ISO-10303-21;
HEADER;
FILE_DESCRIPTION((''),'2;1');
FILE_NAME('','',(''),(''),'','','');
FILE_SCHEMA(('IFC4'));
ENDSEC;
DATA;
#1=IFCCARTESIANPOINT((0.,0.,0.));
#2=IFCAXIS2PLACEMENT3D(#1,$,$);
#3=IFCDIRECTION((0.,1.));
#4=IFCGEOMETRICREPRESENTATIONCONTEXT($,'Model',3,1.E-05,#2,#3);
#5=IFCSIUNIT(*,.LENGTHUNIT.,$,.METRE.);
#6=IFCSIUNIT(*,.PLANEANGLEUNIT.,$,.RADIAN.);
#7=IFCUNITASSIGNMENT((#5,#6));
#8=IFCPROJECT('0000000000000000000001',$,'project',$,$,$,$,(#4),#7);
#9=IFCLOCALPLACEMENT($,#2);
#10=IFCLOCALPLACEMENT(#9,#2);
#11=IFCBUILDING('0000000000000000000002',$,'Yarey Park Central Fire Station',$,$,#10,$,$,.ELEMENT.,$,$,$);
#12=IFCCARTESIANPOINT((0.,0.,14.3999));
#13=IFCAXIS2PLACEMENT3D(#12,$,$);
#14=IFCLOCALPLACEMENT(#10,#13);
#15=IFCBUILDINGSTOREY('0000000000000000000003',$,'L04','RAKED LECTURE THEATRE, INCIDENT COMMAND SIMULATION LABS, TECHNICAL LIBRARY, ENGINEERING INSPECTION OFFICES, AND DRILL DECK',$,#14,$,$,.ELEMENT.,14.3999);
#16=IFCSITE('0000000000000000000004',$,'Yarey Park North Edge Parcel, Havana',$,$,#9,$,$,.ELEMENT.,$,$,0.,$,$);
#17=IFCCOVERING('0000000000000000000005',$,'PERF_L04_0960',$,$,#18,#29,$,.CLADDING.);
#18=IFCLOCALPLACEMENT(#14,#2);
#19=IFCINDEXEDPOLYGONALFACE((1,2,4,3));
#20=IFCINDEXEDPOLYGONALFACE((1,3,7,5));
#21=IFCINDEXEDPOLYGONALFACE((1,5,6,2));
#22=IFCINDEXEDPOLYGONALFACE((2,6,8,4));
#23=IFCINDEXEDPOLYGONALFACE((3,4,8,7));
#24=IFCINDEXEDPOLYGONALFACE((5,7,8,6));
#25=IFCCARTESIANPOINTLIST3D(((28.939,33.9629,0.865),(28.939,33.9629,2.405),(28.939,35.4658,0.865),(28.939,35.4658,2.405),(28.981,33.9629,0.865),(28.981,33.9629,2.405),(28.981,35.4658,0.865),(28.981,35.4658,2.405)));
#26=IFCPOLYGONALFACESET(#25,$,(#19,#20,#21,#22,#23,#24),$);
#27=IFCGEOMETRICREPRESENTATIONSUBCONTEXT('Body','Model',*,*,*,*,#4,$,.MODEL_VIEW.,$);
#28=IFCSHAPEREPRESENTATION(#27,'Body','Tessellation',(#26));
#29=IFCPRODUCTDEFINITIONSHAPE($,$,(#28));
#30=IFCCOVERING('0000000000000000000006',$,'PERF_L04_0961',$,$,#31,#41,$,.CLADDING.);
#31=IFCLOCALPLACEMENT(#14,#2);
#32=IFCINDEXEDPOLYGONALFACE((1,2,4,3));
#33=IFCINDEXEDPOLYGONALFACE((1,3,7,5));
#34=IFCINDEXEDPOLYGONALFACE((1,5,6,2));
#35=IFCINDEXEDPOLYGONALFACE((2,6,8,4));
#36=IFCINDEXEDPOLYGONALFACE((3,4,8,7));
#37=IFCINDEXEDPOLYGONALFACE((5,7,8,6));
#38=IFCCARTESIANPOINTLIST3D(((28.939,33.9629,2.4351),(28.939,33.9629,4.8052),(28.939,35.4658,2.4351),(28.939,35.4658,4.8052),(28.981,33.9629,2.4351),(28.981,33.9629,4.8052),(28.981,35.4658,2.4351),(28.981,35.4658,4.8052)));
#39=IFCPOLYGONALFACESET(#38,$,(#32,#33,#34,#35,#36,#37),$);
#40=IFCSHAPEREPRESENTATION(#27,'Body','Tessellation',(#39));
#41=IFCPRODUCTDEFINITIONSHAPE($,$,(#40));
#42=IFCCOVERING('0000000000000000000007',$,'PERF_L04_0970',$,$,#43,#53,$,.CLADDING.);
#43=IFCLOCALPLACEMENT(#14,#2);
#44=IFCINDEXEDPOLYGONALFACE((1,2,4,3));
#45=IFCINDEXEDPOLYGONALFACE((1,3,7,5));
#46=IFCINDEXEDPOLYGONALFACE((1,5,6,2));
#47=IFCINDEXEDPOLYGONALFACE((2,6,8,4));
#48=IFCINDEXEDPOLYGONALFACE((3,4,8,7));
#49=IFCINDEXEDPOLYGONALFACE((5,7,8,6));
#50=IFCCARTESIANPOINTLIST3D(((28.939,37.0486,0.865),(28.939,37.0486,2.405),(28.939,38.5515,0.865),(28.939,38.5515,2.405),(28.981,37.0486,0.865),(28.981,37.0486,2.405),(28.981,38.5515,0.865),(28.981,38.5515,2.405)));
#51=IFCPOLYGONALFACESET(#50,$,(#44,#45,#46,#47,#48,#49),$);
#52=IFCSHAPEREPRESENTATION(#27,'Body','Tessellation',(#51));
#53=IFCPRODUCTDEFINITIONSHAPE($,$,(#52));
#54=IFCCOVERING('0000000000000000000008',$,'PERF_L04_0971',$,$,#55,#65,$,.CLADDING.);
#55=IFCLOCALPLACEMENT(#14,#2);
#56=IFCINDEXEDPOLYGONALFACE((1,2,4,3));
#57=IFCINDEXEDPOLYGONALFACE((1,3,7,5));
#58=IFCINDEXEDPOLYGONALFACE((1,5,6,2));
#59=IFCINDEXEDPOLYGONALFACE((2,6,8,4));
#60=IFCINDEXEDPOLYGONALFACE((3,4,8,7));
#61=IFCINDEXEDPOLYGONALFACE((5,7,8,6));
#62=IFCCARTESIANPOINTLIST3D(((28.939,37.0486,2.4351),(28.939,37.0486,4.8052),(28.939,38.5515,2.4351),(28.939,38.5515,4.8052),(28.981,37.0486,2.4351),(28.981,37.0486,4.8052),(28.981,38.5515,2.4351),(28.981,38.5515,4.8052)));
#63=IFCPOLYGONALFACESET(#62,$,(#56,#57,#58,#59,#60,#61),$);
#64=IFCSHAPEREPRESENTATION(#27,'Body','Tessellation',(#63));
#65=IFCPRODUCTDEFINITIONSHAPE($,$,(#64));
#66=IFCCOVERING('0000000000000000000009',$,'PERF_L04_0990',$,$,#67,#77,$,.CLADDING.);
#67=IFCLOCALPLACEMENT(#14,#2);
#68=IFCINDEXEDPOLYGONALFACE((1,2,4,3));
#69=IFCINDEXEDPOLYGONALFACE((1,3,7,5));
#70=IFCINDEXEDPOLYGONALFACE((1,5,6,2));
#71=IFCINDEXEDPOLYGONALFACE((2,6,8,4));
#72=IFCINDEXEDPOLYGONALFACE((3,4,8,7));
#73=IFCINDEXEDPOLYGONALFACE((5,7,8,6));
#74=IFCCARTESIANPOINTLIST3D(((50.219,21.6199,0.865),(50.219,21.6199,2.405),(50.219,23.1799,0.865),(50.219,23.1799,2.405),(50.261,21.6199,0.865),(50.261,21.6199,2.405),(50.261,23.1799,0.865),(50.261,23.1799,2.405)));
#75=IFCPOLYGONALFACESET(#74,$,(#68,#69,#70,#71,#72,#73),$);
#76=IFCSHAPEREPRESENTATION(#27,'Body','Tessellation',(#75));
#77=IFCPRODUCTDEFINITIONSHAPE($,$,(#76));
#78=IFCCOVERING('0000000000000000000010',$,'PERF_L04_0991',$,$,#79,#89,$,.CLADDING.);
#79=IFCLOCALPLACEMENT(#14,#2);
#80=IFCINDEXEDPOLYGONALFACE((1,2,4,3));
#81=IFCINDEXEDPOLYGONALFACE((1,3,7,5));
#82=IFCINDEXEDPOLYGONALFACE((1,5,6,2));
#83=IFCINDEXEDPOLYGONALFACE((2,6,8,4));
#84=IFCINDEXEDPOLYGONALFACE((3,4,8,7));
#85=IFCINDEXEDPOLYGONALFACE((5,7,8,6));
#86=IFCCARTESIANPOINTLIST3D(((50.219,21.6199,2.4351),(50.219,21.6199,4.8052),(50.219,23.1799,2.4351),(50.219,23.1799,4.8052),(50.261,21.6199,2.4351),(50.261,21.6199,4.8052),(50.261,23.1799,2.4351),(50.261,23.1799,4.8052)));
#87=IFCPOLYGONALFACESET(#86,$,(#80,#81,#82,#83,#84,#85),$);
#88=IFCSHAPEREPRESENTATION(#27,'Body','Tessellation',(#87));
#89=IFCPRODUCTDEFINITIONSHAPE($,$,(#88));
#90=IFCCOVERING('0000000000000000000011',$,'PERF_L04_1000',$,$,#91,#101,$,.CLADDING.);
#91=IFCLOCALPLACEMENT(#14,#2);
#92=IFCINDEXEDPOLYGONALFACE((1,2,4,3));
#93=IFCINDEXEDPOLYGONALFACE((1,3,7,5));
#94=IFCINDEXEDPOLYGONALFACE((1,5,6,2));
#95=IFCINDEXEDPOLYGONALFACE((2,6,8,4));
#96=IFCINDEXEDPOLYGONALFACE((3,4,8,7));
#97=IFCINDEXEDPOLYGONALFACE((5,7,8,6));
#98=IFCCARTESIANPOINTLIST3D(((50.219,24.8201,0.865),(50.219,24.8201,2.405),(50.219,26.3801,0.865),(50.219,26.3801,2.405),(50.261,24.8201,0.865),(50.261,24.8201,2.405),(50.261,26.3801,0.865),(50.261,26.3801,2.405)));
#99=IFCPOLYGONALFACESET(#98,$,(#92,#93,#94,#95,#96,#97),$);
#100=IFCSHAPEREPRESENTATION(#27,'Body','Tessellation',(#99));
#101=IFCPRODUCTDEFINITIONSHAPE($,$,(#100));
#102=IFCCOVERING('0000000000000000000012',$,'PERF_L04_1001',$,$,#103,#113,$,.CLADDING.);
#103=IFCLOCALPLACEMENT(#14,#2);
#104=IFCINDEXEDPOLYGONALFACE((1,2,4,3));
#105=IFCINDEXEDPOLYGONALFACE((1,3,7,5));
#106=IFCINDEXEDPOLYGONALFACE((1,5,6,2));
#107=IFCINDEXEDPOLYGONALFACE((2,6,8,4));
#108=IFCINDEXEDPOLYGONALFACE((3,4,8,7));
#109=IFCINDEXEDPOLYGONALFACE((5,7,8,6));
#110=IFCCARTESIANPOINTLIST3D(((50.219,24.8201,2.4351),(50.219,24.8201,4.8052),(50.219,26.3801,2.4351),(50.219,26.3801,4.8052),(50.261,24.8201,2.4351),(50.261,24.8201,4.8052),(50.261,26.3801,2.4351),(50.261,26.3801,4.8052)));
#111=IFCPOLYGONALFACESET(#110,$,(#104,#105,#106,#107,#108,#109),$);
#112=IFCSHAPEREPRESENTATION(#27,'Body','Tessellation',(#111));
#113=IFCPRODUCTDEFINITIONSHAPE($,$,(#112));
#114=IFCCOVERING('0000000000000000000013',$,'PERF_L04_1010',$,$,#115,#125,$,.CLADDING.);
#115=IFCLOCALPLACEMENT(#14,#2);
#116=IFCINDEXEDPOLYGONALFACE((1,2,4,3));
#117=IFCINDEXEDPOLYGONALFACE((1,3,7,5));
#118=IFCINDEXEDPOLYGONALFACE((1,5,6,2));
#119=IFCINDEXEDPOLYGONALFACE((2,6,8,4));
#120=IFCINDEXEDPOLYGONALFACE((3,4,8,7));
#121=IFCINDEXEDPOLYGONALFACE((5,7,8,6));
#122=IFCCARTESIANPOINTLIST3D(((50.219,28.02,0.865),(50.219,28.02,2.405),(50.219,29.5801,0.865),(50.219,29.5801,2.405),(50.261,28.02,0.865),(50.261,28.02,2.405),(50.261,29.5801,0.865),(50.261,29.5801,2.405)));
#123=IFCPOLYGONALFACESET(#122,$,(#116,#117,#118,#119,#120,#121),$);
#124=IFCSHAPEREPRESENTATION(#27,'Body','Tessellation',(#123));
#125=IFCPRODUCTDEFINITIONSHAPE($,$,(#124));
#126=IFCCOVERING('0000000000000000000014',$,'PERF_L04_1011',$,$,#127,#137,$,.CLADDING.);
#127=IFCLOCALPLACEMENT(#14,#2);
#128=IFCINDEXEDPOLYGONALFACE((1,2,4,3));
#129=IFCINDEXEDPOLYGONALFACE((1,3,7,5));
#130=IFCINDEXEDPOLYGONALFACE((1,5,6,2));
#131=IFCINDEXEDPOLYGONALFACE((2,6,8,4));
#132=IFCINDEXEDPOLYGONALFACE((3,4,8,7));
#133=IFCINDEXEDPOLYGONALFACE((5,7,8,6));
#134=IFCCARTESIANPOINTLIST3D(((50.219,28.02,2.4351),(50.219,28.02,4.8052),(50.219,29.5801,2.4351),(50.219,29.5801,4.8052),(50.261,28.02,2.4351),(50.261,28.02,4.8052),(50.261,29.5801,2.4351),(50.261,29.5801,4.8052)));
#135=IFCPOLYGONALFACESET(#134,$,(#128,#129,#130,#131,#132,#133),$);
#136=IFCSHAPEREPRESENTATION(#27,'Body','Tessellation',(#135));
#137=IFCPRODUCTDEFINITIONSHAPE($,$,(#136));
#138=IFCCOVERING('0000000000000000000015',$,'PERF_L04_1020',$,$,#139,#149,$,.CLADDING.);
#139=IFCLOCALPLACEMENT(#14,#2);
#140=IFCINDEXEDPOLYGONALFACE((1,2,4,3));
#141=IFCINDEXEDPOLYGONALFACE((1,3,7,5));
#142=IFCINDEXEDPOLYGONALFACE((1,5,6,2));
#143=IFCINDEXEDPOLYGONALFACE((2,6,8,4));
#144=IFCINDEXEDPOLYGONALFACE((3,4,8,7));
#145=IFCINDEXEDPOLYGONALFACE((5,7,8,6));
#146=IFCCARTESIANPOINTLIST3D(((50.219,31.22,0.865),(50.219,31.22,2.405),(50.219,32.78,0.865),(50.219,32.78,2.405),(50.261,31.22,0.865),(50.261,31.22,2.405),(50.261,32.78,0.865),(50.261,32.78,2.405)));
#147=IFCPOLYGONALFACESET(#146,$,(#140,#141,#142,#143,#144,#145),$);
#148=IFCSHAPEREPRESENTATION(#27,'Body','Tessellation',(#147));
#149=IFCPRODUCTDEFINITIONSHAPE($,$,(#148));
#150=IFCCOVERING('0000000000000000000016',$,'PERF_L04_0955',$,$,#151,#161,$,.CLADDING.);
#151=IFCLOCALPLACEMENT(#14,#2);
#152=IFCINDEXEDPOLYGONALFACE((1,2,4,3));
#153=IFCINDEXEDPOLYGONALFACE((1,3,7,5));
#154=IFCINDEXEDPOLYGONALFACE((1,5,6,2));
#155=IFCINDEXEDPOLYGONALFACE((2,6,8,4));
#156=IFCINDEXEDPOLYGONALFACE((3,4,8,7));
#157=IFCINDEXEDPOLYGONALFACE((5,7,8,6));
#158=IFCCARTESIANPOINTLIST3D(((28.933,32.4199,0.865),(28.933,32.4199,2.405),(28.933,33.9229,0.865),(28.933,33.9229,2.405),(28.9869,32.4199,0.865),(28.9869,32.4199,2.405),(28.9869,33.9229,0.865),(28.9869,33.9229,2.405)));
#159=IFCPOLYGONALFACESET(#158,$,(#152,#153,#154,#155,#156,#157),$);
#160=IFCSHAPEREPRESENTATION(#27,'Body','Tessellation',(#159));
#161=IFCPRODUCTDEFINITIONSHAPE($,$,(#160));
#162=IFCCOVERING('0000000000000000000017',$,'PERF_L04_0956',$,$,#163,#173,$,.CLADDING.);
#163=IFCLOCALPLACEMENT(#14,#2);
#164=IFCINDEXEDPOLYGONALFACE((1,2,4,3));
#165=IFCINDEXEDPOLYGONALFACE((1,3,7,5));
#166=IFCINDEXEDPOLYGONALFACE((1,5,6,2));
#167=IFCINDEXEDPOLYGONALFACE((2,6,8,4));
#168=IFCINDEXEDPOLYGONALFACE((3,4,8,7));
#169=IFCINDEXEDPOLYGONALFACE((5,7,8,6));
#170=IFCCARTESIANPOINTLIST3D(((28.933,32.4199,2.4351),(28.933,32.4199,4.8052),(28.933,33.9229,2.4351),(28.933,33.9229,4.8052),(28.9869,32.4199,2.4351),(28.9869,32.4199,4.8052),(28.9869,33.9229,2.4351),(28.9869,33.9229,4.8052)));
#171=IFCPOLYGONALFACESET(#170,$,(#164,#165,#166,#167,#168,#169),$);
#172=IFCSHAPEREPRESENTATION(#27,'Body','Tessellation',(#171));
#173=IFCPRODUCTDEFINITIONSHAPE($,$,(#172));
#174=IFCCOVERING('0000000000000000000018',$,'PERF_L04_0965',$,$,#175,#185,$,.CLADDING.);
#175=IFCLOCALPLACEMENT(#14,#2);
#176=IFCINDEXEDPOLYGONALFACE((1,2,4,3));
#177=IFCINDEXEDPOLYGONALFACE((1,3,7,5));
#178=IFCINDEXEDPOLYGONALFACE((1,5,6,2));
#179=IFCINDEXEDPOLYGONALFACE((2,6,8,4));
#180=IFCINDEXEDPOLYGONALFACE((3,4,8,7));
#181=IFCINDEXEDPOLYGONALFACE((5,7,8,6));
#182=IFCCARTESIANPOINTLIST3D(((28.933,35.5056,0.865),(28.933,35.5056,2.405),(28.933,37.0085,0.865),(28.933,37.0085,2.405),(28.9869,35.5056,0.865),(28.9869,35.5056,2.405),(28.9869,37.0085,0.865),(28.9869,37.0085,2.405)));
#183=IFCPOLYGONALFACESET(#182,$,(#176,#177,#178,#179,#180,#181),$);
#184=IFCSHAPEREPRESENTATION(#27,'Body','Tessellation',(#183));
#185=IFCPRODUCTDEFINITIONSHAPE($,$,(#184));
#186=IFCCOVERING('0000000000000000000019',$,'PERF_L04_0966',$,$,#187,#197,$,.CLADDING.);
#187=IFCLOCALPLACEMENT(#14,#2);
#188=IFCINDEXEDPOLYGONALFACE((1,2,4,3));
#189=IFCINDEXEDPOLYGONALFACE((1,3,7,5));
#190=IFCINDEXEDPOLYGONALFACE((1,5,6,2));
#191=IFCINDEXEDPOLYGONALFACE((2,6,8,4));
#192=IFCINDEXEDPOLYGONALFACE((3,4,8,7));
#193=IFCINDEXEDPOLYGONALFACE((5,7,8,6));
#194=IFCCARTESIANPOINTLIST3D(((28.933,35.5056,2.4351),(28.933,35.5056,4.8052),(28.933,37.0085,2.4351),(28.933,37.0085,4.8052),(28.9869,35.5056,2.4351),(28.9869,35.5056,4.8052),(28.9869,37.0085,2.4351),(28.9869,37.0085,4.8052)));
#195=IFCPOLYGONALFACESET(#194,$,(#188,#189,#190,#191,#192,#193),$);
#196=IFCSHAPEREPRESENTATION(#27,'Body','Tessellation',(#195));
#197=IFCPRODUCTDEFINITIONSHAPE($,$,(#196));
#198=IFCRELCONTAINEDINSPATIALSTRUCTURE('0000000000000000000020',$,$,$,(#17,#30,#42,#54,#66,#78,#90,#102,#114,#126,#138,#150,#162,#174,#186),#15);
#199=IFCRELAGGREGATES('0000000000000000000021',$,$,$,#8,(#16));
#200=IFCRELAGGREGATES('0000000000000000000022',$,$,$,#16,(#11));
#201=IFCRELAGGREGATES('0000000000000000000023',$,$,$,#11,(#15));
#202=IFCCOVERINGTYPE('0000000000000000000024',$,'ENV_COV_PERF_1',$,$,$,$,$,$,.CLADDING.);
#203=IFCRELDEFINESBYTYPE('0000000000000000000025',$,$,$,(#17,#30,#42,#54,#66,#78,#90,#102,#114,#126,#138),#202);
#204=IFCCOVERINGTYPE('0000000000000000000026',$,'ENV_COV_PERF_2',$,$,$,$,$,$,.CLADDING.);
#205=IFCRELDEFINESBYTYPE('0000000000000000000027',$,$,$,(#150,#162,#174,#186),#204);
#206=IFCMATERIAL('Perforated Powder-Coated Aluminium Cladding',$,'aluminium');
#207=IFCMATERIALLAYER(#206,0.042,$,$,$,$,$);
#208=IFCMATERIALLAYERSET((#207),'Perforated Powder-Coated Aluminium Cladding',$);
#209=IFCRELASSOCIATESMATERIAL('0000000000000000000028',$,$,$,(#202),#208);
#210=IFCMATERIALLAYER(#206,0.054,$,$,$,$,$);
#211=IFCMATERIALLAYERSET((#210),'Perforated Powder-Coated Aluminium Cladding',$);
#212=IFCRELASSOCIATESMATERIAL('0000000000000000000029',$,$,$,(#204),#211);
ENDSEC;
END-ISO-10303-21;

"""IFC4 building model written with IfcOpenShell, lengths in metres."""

from ifc_helpers import new_model, si_unit, direction, frame, origin, origin_2d, place, context, subcontext, project, spatial, rectangle, extrude, material, layer, layer_set, type_object, element, save


model = new_model("IFC4")

# Units and contexts
model_context = context("Model", 3, precision=1e-05, world=origin(), true_north=direction((0.0, 1.0)))
body_context = subcontext(model_context, "Body", "Model", "MODEL_VIEW")
ifc_project = project(units=[si_unit("LENGTHUNIT", "METRE"), si_unit("PLANEANGLEUNIT", "RADIAN")], contexts=[model_context])

# Site, building, storey
site_placement = place(None, origin())
site = spatial("IfcSite", under=ifc_project, at=site_placement, Name="Yarey Park North Edge Parcel, Havana", CompositionType="ELEMENT", RefElevation=0.0)
building_placement = place(site_placement, origin())
building = spatial("IfcBuilding", under=site, at=building_placement, Name="Yarey Park Central Fire Station", CompositionType="ELEMENT")
storey_placement = place(building_placement, frame((0.0, 0.0, 14.3999)))
storey = spatial("IfcBuildingStorey", under=building, at=storey_placement, Name="L04", Description="RAKED LECTURE THEATRE, INCIDENT COMMAND SIMULATION LABS, TECHNICAL LIBRARY, ENGINEERING INSPECTION OFFICES, AND DRILL DECK", CompositionType="ELEMENT", Elevation=14.3999)

# Coverings
ifc_material = material(Name="Perforated Powder-Coated Aluminium Cladding", Category="aluminium")
ifc_layer_1 = layer(ifc_material, 0.042)
ifc_layer_set_1 = layer_set([ifc_layer_1], Name="Perforated Powder-Coated Aluminium Cladding")
covering_type_1 = type_object("IfcCoveringType", Name="ENV_COV_PERF_1", PredefinedType="CLADDING", material=ifc_layer_set_1)
covering_1_placement = place(storey_placement, frame((28.96, 34.7144, 0.865), z_axis=(0.0, 0.0, 1.0), x_axis=(0.0, 1.0, 0.0)))
element("IfcCovering", 1, at=covering_1_placement, inside=storey, type_object=covering_type_1, Name="PERF_L04_0960", PredefinedType="CLADDING", context=body_context, shape_type="SweptSolid", body=[
    extrude(rectangle(XDim=1.5029, YDim=0.042, at=origin_2d()), origin(), (0.0, 0.0, 1.0), 1.54),
])
covering_2_placement = place(storey_placement, frame((28.96, 34.7144, 2.4351), z_axis=(0.0, 0.0, 1.0), x_axis=(0.0, 1.0, 0.0)))
element("IfcCovering", 2, at=covering_2_placement, inside=storey, type_object=covering_type_1, Name="PERF_L04_0961", PredefinedType="CLADDING", context=body_context, shape_type="SweptSolid", body=[
    extrude(rectangle(XDim=1.5029, YDim=0.042, at=origin_2d()), origin(), (0.0, 0.0, 1.0), 2.3701),
])
covering_3_placement = place(storey_placement, frame((28.96, 37.8, 0.865), z_axis=(0.0, 0.0, 1.0), x_axis=(0.0, 1.0, 0.0)))
element("IfcCovering", 3, at=covering_3_placement, inside=storey, type_object=covering_type_1, Name="PERF_L04_0970", PredefinedType="CLADDING", context=body_context, shape_type="SweptSolid", body=[
    extrude(rectangle(XDim=1.5029, YDim=0.042, at=origin_2d()), origin(), (0.0, 0.0, 1.0), 1.54),
])
covering_4_placement = place(storey_placement, frame((28.96, 37.8, 2.4351), z_axis=(0.0, 0.0, 1.0), x_axis=(0.0, 1.0, 0.0)))
element("IfcCovering", 4, at=covering_4_placement, inside=storey, type_object=covering_type_1, Name="PERF_L04_0971", PredefinedType="CLADDING", context=body_context, shape_type="SweptSolid", body=[
    extrude(rectangle(XDim=1.5029, YDim=0.042, at=origin_2d()), origin(), (0.0, 0.0, 1.0), 2.3701),
])
covering_5_placement = place(storey_placement, frame((50.24, 22.3999, 0.865), z_axis=(0.0, 0.0, 1.0), x_axis=(0.0, 1.0, 0.0)))
element("IfcCovering", 5, at=covering_5_placement, inside=storey, type_object=covering_type_1, Name="PERF_L04_0990", PredefinedType="CLADDING", context=body_context, shape_type="SweptSolid", body=[
    extrude(rectangle(XDim=1.5601, YDim=0.042, at=origin_2d()), origin(), (0.0, 0.0, 1.0), 1.54),
])
covering_6_placement = place(storey_placement, frame((50.24, 22.3999, 2.4351), z_axis=(0.0, 0.0, 1.0), x_axis=(0.0, 1.0, 0.0)))
element("IfcCovering", 6, at=covering_6_placement, inside=storey, type_object=covering_type_1, Name="PERF_L04_0991", PredefinedType="CLADDING", context=body_context, shape_type="SweptSolid", body=[
    extrude(rectangle(XDim=1.5601, YDim=0.042, at=origin_2d()), origin(), (0.0, 0.0, 1.0), 2.3701),
])
covering_7_placement = place(storey_placement, frame((50.24, 25.6001, 0.865), z_axis=(0.0, 0.0, 1.0), x_axis=(0.0, 1.0, 0.0)))
element("IfcCovering", 7, at=covering_7_placement, inside=storey, type_object=covering_type_1, Name="PERF_L04_1000", PredefinedType="CLADDING", context=body_context, shape_type="SweptSolid", body=[
    extrude(rectangle(XDim=1.5601, YDim=0.042, at=origin_2d()), origin(), (0.0, 0.0, 1.0), 1.54),
])
covering_8_placement = place(storey_placement, frame((50.24, 25.6001, 2.4351), z_axis=(0.0, 0.0, 1.0), x_axis=(0.0, 1.0, 0.0)))
element("IfcCovering", 8, at=covering_8_placement, inside=storey, type_object=covering_type_1, Name="PERF_L04_1001", PredefinedType="CLADDING", context=body_context, shape_type="SweptSolid", body=[
    extrude(rectangle(XDim=1.5601, YDim=0.042, at=origin_2d()), origin(), (0.0, 0.0, 1.0), 2.3701),
])
covering_9_placement = place(storey_placement, frame((50.24, 28.8, 0.865), z_axis=(0.0, 0.0, 1.0), x_axis=(0.0, 1.0, 0.0)))
element("IfcCovering", 9, at=covering_9_placement, inside=storey, type_object=covering_type_1, Name="PERF_L04_1010", PredefinedType="CLADDING", context=body_context, shape_type="SweptSolid", body=[
    extrude(rectangle(XDim=1.5601, YDim=0.042, at=origin_2d()), origin(), (0.0, 0.0, 1.0), 1.54),
])
covering_10_placement = place(storey_placement, frame((50.24, 28.8, 2.4351), z_axis=(0.0, 0.0, 1.0), x_axis=(0.0, 1.0, 0.0)))
element("IfcCovering", 10, at=covering_10_placement, inside=storey, type_object=covering_type_1, Name="PERF_L04_1011", PredefinedType="CLADDING", context=body_context, shape_type="SweptSolid", body=[
    extrude(rectangle(XDim=1.5601, YDim=0.042, at=origin_2d()), origin(), (0.0, 0.0, 1.0), 2.3701),
])
covering_11_placement = place(storey_placement, frame((50.24, 32.0, 0.865), z_axis=(0.0, 0.0, 1.0), x_axis=(0.0, 1.0, 0.0)))
element("IfcCovering", 11, at=covering_11_placement, inside=storey, type_object=covering_type_1, Name="PERF_L04_1020", PredefinedType="CLADDING", context=body_context, shape_type="SweptSolid", body=[
    extrude(rectangle(XDim=1.5601, YDim=0.042, at=origin_2d()), origin(), (0.0, 0.0, 1.0), 1.54),
])
ifc_layer_2 = layer(ifc_material, 0.054)
ifc_layer_set_2 = layer_set([ifc_layer_2], Name="Perforated Powder-Coated Aluminium Cladding")
covering_type_2 = type_object("IfcCoveringType", Name="ENV_COV_PERF_2", PredefinedType="CLADDING", material=ifc_layer_set_2)
covering_12_placement = place(storey_placement, frame((28.96, 33.1714, 0.865), z_axis=(0.0, 0.0, 1.0), x_axis=(0.0, 1.0, 0.0)))
element("IfcCovering", 12, at=covering_12_placement, inside=storey, type_object=covering_type_2, Name="PERF_L04_0955", PredefinedType="CLADDING", context=body_context, shape_type="SweptSolid", body=[
    extrude(rectangle(XDim=1.5029, YDim=0.054, at=origin_2d()), origin(), (0.0, 0.0, 1.0), 1.54),
])
covering_13_placement = place(storey_placement, frame((28.96, 33.1714, 2.4351), z_axis=(0.0, 0.0, 1.0), x_axis=(0.0, 1.0, 0.0)))
element("IfcCovering", 13, at=covering_13_placement, inside=storey, type_object=covering_type_2, Name="PERF_L04_0956", PredefinedType="CLADDING", context=body_context, shape_type="SweptSolid", body=[
    extrude(rectangle(XDim=1.5029, YDim=0.054, at=origin_2d()), origin(), (0.0, 0.0, 1.0), 2.3701),
])
covering_14_placement = place(storey_placement, frame((28.96, 36.2571, 0.865), z_axis=(0.0, 0.0, 1.0), x_axis=(0.0, 1.0, 0.0)))
element("IfcCovering", 14, at=covering_14_placement, inside=storey, type_object=covering_type_2, Name="PERF_L04_0965", PredefinedType="CLADDING", context=body_context, shape_type="SweptSolid", body=[
    extrude(rectangle(XDim=1.5029, YDim=0.054, at=origin_2d()), origin(), (0.0, 0.0, 1.0), 1.54),
])
covering_15_placement = place(storey_placement, frame((28.96, 36.2571, 2.4351), z_axis=(0.0, 0.0, 1.0), x_axis=(0.0, 1.0, 0.0)))
element("IfcCovering", 15, at=covering_15_placement, inside=storey, type_object=covering_type_2, Name="PERF_L04_0966", PredefinedType="CLADDING", context=body_context, shape_type="SweptSolid", body=[
    extrude(rectangle(XDim=1.5029, YDim=0.054, at=origin_2d()), origin(), (0.0, 0.0, 1.0), 2.3701),
])

save(model, "model.ifc")
